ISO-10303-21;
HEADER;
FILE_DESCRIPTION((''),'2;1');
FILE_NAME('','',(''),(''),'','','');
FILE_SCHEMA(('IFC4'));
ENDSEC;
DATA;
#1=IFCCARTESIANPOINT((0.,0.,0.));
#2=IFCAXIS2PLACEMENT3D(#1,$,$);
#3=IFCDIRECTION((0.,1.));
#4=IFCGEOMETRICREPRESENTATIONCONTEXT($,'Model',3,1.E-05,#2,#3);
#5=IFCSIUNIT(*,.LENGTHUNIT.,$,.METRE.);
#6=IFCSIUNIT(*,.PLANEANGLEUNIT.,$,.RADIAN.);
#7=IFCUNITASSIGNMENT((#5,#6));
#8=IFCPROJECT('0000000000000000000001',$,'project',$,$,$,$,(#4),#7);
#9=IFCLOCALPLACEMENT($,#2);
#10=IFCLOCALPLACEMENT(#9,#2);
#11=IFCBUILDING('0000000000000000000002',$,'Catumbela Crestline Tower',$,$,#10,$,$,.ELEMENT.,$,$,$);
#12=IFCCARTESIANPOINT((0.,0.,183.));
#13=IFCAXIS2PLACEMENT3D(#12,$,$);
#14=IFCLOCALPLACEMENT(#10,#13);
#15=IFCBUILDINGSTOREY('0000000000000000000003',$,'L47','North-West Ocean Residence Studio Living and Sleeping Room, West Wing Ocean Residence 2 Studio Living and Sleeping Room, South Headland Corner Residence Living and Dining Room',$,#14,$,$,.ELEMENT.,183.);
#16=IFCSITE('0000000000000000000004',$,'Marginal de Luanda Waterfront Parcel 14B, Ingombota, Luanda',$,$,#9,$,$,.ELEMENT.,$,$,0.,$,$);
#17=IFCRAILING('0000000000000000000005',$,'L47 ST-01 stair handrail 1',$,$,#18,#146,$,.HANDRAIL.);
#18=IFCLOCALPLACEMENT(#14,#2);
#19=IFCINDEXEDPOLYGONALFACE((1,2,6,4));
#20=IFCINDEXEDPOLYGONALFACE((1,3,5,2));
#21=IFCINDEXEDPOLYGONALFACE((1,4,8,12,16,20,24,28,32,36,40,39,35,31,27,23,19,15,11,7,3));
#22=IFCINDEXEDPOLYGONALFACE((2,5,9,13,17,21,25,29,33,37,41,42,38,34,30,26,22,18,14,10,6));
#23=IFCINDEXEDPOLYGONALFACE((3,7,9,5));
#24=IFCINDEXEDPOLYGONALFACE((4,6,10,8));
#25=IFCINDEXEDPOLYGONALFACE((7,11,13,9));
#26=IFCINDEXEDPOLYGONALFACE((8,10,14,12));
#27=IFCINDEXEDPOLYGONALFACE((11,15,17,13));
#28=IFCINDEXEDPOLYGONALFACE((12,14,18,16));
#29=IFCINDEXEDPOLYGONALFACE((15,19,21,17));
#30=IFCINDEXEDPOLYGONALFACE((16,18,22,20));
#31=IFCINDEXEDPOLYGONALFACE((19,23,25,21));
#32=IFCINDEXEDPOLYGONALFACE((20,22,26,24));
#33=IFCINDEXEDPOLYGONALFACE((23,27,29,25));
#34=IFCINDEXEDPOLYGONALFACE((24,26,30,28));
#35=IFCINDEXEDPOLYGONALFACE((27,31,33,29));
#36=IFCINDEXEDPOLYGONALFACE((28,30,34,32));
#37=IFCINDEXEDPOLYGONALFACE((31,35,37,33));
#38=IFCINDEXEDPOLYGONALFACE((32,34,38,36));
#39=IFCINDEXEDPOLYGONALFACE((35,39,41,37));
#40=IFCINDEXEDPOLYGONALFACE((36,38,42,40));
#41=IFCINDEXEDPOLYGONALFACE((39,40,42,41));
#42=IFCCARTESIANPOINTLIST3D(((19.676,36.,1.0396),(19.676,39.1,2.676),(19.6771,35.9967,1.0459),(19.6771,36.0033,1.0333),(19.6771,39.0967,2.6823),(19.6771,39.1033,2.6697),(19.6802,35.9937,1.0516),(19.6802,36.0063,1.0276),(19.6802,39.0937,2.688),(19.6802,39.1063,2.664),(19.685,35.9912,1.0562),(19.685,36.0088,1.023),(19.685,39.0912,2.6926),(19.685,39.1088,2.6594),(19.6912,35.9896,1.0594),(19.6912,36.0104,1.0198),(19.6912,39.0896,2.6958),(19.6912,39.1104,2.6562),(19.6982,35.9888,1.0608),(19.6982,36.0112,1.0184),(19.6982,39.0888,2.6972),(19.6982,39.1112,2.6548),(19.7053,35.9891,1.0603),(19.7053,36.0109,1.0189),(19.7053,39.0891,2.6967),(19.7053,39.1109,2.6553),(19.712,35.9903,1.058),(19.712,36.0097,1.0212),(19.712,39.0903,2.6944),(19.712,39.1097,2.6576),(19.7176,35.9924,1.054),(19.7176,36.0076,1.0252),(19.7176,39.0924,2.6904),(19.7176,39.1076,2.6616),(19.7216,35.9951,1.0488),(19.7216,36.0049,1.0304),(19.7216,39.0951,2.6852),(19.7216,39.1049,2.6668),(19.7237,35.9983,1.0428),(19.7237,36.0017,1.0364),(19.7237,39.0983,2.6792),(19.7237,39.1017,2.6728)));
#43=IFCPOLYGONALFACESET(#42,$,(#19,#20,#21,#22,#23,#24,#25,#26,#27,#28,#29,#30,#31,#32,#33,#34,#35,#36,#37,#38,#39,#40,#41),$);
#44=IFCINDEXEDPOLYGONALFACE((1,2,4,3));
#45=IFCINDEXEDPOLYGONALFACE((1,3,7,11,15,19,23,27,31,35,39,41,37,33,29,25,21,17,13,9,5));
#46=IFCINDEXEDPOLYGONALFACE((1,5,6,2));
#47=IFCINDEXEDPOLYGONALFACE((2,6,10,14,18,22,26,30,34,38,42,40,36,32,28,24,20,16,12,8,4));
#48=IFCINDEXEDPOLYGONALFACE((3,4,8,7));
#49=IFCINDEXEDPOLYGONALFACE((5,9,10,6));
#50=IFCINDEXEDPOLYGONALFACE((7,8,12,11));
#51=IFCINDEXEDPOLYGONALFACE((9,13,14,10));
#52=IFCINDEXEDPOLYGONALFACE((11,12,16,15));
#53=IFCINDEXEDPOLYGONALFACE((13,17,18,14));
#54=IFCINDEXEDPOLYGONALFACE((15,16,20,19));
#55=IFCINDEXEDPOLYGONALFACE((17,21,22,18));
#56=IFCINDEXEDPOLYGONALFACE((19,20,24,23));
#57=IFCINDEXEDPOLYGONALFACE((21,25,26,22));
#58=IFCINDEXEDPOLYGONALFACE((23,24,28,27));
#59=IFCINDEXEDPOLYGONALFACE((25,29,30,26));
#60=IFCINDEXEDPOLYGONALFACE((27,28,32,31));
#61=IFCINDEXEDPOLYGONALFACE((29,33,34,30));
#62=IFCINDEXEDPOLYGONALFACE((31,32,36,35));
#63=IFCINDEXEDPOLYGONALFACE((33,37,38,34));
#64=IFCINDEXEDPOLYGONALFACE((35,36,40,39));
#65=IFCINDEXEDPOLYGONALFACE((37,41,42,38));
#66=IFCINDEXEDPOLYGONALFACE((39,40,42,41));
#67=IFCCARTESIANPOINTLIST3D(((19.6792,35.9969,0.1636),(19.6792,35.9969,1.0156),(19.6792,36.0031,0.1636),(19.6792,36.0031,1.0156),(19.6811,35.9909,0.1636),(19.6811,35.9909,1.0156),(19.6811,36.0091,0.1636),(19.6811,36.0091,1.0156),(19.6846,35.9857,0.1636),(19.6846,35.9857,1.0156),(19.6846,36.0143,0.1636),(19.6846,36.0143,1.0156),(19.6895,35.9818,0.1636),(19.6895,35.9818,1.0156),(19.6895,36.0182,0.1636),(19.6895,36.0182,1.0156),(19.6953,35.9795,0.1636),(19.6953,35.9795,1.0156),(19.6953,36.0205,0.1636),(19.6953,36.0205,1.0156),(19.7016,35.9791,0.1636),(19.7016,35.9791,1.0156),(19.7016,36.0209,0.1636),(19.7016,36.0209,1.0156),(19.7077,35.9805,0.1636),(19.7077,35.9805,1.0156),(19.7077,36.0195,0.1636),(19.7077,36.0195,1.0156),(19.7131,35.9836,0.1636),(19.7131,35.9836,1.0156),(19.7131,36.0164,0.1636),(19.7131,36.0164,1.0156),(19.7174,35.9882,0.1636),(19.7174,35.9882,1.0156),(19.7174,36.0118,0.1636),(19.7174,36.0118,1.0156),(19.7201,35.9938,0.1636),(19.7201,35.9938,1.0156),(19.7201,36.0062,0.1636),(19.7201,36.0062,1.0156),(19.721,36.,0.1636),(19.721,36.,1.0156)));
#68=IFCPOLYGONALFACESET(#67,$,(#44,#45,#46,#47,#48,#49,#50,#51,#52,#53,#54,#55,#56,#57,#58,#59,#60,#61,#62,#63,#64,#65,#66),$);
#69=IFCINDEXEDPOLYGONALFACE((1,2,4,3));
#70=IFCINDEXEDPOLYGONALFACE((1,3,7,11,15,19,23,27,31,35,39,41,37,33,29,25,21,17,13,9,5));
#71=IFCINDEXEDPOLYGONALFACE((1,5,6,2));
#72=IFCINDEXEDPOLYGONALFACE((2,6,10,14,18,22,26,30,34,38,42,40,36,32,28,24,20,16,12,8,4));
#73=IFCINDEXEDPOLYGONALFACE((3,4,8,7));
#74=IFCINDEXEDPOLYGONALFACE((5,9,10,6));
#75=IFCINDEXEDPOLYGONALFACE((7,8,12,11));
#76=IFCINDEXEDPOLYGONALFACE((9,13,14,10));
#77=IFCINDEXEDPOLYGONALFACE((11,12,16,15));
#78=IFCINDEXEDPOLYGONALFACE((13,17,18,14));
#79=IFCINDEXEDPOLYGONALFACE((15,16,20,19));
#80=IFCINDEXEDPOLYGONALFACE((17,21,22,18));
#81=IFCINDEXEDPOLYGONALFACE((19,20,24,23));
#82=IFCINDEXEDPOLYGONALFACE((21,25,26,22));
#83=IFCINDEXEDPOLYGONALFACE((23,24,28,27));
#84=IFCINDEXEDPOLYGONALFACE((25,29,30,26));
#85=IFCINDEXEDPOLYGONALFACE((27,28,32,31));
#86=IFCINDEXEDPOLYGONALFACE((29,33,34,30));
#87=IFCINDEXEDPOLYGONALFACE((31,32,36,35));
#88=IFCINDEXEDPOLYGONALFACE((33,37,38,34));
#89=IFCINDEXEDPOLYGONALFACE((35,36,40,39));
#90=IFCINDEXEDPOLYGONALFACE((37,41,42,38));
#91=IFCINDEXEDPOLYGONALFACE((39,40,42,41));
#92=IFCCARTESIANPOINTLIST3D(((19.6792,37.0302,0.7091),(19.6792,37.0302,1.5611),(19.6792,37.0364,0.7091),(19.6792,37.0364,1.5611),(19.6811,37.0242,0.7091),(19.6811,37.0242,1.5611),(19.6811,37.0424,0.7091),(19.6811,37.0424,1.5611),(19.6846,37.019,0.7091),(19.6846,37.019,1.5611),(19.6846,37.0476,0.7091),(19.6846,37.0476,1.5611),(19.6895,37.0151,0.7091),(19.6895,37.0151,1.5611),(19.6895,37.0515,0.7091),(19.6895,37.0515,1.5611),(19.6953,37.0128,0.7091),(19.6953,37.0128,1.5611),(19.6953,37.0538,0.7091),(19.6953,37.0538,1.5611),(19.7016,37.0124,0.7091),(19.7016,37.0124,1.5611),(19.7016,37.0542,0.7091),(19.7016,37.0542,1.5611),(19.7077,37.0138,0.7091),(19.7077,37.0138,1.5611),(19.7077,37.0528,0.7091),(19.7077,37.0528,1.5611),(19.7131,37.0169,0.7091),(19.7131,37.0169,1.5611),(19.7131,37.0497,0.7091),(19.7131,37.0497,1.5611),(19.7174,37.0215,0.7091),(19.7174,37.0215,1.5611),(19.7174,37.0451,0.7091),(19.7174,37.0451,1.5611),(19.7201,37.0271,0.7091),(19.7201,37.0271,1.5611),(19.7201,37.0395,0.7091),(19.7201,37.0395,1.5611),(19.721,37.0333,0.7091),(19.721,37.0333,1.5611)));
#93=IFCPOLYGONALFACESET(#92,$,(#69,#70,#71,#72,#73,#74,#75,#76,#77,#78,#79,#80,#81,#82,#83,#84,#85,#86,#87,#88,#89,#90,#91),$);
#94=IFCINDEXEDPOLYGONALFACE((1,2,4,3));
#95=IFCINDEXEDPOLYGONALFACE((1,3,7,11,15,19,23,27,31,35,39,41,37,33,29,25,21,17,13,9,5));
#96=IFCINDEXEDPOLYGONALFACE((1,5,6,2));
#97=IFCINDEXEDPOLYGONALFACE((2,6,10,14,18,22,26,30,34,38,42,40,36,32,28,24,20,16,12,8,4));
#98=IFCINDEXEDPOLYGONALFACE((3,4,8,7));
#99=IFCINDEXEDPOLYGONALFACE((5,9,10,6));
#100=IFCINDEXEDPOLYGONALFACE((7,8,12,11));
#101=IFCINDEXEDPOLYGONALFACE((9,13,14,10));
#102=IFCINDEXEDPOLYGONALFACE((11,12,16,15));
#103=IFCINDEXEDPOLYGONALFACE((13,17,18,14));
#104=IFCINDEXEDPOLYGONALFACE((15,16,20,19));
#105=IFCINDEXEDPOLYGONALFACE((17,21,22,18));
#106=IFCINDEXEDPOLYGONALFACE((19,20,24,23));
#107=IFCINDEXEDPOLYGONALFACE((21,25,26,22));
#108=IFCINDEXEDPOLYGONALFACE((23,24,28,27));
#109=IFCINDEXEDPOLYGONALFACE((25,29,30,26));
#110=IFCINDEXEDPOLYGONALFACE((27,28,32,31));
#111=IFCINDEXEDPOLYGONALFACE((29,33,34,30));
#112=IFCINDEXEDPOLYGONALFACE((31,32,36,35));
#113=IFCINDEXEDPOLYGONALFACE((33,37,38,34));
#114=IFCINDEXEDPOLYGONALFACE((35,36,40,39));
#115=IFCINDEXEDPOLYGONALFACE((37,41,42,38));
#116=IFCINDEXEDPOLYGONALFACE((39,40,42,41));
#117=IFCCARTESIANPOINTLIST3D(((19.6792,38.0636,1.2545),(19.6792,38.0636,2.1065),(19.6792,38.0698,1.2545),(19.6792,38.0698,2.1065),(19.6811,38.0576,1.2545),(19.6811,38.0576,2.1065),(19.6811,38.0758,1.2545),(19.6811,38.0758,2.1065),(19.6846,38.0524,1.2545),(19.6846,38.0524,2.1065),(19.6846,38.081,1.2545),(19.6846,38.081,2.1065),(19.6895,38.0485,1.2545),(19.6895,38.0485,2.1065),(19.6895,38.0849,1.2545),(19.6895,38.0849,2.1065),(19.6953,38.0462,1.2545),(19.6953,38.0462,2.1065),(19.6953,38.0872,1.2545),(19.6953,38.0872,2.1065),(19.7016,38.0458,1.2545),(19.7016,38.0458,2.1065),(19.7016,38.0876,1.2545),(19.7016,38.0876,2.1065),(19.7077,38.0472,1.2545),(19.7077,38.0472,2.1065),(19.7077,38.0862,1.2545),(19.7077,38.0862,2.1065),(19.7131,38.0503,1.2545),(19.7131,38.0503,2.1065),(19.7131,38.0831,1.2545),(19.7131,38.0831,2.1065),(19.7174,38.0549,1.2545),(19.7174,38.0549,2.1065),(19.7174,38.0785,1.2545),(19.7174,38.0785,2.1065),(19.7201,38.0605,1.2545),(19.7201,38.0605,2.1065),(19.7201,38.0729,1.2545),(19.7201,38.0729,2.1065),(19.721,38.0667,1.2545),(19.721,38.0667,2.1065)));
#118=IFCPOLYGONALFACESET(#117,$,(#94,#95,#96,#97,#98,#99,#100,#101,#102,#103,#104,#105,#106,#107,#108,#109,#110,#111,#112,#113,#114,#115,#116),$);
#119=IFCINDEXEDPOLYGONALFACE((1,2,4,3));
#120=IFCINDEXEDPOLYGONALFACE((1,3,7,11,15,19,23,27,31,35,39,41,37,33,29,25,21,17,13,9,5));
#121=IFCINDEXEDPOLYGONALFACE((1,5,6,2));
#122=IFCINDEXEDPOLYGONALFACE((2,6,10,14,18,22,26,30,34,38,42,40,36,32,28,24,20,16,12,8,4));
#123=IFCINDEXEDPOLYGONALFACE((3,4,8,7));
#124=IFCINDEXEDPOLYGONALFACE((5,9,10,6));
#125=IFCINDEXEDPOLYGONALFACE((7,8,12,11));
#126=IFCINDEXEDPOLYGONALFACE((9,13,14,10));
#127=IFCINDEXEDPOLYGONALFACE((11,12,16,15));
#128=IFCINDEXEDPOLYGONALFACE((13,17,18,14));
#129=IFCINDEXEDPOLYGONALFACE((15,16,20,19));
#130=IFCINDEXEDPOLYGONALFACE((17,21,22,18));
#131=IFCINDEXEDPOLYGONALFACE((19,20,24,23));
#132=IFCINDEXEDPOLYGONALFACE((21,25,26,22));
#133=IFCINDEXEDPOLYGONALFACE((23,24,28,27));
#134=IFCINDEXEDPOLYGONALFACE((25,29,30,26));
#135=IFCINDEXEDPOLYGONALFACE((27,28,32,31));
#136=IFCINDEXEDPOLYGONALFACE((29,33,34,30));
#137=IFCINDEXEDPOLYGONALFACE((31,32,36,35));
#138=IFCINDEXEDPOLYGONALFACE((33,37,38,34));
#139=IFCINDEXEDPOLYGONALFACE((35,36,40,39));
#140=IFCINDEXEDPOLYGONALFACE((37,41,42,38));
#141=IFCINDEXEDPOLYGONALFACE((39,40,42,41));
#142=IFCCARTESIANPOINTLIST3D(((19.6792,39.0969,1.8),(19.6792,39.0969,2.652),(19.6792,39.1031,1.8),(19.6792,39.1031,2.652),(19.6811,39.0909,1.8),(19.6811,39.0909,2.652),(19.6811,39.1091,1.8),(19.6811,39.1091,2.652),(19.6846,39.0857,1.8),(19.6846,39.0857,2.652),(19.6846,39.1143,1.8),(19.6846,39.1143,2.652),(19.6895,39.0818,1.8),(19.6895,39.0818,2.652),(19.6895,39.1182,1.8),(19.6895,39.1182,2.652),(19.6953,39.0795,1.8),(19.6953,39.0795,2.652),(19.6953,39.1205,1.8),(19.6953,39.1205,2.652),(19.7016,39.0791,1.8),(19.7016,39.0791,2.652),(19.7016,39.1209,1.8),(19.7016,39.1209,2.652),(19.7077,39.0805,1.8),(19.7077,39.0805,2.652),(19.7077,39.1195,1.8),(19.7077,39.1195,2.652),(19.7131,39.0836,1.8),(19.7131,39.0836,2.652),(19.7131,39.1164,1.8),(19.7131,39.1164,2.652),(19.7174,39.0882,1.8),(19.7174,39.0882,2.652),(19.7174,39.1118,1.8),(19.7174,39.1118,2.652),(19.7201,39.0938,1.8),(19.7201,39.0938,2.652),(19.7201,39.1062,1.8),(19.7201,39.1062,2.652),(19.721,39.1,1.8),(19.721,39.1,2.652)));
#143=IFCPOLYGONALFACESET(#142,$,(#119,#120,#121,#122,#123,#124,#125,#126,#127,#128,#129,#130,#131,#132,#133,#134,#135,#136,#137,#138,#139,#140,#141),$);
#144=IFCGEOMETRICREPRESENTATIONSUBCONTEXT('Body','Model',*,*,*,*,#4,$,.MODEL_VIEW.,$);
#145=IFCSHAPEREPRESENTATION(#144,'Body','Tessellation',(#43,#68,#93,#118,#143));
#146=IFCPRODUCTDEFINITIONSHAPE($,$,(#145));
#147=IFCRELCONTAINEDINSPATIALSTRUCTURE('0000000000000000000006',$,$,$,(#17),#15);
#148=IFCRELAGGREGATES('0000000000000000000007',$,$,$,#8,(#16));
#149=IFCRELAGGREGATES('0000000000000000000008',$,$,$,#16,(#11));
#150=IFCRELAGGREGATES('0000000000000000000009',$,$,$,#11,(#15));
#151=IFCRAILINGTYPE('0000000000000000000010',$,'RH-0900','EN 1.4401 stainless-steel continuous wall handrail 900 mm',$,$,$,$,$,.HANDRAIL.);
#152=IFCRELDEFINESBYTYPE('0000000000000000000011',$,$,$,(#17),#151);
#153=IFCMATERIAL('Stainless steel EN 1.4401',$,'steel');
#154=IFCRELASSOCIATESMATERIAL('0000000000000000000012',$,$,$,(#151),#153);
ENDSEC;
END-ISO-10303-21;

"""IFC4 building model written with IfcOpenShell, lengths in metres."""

from ifc_helpers import new_model, si_unit, direction, frame, origin, origin_2d, place, context, subcontext, project, spatial, circle, extrude, material, type_object, element, save


model = new_model("IFC4")

# Units and contexts
model_context = context("Model", 3, precision=1e-05, world=origin(), true_north=direction((0.0, 1.0)))
body_context = subcontext(model_context, "Body", "Model", "MODEL_VIEW")
ifc_project = project(units=[si_unit("LENGTHUNIT", "METRE"), si_unit("PLANEANGLEUNIT", "RADIAN")], contexts=[model_context])

# Site, building, storey
site_placement = place(None, origin())
site = spatial("IfcSite", under=ifc_project, at=site_placement, Name="Marginal de Luanda Waterfront Parcel 14B, Ingombota, Luanda", CompositionType="ELEMENT", RefElevation=0.0)
building_placement = place(site_placement, origin())
building = spatial("IfcBuilding", under=site, at=building_placement, Name="Catumbela Crestline Tower", CompositionType="ELEMENT")
storey_placement = place(building_placement, frame((0.0, 0.0, 183.0)))
storey = spatial("IfcBuildingStorey", under=building, at=storey_placement, Name="L47", Description="North-West Ocean Residence Studio Living and Sleeping Room, West Wing Ocean Residence 2 Studio Living and Sleeping Room, South Headland Corner Residence Living and Dining Room", CompositionType="ELEMENT", Elevation=183.0)

# Shared definitions
ifc_material_1 = material(Name="Stainless steel EN 1.4401", Category="steel")

# Railing
railing_type_1 = type_object("IfcRailingType", Name="RH-0900", Description="EN 1.4401 stainless-steel continuous wall handrail 900 mm", PredefinedType="HANDRAIL", material=ifc_material_1)
railing_1_placement = place(storey_placement, frame((19.7, 36.0, 0.1636)))
element("IfcRailing", 1, at=railing_1_placement, inside=storey, type_object=railing_type_1, Name="L47 ST-01 stair handrail 1", PredefinedType="HANDRAIL", context=body_context, shape_type="SweptSolid", body=[
    extrude(circle(Radius=0.024, at=origin_2d()), frame((0.0, 0.0, 0.876), z_axis=(0.0, 0.884351, 0.466823), x_axis=(-1.0, 0.0, 0.0)), (0.0, 0.0, 1.0), 3.5054),
    extrude(circle(Radius=0.021, at=origin_2d()), origin(), (0.0, 0.0, 1.0), 0.852),
    extrude(circle(Radius=0.021, at=origin_2d()), frame((0.0, 1.0333, 0.5455)), (0.0, 0.0, 1.0), 0.852),
    extrude(circle(Radius=0.021, at=origin_2d()), frame((0.0, 2.0667, 1.0909)), (0.0, 0.0, 1.0), 0.852),
    extrude(circle(Radius=0.021, at=origin_2d()), frame((0.0, 3.1, 1.6364)), (0.0, 0.0, 1.0), 0.852),
])

save(model, "model.ifc")
